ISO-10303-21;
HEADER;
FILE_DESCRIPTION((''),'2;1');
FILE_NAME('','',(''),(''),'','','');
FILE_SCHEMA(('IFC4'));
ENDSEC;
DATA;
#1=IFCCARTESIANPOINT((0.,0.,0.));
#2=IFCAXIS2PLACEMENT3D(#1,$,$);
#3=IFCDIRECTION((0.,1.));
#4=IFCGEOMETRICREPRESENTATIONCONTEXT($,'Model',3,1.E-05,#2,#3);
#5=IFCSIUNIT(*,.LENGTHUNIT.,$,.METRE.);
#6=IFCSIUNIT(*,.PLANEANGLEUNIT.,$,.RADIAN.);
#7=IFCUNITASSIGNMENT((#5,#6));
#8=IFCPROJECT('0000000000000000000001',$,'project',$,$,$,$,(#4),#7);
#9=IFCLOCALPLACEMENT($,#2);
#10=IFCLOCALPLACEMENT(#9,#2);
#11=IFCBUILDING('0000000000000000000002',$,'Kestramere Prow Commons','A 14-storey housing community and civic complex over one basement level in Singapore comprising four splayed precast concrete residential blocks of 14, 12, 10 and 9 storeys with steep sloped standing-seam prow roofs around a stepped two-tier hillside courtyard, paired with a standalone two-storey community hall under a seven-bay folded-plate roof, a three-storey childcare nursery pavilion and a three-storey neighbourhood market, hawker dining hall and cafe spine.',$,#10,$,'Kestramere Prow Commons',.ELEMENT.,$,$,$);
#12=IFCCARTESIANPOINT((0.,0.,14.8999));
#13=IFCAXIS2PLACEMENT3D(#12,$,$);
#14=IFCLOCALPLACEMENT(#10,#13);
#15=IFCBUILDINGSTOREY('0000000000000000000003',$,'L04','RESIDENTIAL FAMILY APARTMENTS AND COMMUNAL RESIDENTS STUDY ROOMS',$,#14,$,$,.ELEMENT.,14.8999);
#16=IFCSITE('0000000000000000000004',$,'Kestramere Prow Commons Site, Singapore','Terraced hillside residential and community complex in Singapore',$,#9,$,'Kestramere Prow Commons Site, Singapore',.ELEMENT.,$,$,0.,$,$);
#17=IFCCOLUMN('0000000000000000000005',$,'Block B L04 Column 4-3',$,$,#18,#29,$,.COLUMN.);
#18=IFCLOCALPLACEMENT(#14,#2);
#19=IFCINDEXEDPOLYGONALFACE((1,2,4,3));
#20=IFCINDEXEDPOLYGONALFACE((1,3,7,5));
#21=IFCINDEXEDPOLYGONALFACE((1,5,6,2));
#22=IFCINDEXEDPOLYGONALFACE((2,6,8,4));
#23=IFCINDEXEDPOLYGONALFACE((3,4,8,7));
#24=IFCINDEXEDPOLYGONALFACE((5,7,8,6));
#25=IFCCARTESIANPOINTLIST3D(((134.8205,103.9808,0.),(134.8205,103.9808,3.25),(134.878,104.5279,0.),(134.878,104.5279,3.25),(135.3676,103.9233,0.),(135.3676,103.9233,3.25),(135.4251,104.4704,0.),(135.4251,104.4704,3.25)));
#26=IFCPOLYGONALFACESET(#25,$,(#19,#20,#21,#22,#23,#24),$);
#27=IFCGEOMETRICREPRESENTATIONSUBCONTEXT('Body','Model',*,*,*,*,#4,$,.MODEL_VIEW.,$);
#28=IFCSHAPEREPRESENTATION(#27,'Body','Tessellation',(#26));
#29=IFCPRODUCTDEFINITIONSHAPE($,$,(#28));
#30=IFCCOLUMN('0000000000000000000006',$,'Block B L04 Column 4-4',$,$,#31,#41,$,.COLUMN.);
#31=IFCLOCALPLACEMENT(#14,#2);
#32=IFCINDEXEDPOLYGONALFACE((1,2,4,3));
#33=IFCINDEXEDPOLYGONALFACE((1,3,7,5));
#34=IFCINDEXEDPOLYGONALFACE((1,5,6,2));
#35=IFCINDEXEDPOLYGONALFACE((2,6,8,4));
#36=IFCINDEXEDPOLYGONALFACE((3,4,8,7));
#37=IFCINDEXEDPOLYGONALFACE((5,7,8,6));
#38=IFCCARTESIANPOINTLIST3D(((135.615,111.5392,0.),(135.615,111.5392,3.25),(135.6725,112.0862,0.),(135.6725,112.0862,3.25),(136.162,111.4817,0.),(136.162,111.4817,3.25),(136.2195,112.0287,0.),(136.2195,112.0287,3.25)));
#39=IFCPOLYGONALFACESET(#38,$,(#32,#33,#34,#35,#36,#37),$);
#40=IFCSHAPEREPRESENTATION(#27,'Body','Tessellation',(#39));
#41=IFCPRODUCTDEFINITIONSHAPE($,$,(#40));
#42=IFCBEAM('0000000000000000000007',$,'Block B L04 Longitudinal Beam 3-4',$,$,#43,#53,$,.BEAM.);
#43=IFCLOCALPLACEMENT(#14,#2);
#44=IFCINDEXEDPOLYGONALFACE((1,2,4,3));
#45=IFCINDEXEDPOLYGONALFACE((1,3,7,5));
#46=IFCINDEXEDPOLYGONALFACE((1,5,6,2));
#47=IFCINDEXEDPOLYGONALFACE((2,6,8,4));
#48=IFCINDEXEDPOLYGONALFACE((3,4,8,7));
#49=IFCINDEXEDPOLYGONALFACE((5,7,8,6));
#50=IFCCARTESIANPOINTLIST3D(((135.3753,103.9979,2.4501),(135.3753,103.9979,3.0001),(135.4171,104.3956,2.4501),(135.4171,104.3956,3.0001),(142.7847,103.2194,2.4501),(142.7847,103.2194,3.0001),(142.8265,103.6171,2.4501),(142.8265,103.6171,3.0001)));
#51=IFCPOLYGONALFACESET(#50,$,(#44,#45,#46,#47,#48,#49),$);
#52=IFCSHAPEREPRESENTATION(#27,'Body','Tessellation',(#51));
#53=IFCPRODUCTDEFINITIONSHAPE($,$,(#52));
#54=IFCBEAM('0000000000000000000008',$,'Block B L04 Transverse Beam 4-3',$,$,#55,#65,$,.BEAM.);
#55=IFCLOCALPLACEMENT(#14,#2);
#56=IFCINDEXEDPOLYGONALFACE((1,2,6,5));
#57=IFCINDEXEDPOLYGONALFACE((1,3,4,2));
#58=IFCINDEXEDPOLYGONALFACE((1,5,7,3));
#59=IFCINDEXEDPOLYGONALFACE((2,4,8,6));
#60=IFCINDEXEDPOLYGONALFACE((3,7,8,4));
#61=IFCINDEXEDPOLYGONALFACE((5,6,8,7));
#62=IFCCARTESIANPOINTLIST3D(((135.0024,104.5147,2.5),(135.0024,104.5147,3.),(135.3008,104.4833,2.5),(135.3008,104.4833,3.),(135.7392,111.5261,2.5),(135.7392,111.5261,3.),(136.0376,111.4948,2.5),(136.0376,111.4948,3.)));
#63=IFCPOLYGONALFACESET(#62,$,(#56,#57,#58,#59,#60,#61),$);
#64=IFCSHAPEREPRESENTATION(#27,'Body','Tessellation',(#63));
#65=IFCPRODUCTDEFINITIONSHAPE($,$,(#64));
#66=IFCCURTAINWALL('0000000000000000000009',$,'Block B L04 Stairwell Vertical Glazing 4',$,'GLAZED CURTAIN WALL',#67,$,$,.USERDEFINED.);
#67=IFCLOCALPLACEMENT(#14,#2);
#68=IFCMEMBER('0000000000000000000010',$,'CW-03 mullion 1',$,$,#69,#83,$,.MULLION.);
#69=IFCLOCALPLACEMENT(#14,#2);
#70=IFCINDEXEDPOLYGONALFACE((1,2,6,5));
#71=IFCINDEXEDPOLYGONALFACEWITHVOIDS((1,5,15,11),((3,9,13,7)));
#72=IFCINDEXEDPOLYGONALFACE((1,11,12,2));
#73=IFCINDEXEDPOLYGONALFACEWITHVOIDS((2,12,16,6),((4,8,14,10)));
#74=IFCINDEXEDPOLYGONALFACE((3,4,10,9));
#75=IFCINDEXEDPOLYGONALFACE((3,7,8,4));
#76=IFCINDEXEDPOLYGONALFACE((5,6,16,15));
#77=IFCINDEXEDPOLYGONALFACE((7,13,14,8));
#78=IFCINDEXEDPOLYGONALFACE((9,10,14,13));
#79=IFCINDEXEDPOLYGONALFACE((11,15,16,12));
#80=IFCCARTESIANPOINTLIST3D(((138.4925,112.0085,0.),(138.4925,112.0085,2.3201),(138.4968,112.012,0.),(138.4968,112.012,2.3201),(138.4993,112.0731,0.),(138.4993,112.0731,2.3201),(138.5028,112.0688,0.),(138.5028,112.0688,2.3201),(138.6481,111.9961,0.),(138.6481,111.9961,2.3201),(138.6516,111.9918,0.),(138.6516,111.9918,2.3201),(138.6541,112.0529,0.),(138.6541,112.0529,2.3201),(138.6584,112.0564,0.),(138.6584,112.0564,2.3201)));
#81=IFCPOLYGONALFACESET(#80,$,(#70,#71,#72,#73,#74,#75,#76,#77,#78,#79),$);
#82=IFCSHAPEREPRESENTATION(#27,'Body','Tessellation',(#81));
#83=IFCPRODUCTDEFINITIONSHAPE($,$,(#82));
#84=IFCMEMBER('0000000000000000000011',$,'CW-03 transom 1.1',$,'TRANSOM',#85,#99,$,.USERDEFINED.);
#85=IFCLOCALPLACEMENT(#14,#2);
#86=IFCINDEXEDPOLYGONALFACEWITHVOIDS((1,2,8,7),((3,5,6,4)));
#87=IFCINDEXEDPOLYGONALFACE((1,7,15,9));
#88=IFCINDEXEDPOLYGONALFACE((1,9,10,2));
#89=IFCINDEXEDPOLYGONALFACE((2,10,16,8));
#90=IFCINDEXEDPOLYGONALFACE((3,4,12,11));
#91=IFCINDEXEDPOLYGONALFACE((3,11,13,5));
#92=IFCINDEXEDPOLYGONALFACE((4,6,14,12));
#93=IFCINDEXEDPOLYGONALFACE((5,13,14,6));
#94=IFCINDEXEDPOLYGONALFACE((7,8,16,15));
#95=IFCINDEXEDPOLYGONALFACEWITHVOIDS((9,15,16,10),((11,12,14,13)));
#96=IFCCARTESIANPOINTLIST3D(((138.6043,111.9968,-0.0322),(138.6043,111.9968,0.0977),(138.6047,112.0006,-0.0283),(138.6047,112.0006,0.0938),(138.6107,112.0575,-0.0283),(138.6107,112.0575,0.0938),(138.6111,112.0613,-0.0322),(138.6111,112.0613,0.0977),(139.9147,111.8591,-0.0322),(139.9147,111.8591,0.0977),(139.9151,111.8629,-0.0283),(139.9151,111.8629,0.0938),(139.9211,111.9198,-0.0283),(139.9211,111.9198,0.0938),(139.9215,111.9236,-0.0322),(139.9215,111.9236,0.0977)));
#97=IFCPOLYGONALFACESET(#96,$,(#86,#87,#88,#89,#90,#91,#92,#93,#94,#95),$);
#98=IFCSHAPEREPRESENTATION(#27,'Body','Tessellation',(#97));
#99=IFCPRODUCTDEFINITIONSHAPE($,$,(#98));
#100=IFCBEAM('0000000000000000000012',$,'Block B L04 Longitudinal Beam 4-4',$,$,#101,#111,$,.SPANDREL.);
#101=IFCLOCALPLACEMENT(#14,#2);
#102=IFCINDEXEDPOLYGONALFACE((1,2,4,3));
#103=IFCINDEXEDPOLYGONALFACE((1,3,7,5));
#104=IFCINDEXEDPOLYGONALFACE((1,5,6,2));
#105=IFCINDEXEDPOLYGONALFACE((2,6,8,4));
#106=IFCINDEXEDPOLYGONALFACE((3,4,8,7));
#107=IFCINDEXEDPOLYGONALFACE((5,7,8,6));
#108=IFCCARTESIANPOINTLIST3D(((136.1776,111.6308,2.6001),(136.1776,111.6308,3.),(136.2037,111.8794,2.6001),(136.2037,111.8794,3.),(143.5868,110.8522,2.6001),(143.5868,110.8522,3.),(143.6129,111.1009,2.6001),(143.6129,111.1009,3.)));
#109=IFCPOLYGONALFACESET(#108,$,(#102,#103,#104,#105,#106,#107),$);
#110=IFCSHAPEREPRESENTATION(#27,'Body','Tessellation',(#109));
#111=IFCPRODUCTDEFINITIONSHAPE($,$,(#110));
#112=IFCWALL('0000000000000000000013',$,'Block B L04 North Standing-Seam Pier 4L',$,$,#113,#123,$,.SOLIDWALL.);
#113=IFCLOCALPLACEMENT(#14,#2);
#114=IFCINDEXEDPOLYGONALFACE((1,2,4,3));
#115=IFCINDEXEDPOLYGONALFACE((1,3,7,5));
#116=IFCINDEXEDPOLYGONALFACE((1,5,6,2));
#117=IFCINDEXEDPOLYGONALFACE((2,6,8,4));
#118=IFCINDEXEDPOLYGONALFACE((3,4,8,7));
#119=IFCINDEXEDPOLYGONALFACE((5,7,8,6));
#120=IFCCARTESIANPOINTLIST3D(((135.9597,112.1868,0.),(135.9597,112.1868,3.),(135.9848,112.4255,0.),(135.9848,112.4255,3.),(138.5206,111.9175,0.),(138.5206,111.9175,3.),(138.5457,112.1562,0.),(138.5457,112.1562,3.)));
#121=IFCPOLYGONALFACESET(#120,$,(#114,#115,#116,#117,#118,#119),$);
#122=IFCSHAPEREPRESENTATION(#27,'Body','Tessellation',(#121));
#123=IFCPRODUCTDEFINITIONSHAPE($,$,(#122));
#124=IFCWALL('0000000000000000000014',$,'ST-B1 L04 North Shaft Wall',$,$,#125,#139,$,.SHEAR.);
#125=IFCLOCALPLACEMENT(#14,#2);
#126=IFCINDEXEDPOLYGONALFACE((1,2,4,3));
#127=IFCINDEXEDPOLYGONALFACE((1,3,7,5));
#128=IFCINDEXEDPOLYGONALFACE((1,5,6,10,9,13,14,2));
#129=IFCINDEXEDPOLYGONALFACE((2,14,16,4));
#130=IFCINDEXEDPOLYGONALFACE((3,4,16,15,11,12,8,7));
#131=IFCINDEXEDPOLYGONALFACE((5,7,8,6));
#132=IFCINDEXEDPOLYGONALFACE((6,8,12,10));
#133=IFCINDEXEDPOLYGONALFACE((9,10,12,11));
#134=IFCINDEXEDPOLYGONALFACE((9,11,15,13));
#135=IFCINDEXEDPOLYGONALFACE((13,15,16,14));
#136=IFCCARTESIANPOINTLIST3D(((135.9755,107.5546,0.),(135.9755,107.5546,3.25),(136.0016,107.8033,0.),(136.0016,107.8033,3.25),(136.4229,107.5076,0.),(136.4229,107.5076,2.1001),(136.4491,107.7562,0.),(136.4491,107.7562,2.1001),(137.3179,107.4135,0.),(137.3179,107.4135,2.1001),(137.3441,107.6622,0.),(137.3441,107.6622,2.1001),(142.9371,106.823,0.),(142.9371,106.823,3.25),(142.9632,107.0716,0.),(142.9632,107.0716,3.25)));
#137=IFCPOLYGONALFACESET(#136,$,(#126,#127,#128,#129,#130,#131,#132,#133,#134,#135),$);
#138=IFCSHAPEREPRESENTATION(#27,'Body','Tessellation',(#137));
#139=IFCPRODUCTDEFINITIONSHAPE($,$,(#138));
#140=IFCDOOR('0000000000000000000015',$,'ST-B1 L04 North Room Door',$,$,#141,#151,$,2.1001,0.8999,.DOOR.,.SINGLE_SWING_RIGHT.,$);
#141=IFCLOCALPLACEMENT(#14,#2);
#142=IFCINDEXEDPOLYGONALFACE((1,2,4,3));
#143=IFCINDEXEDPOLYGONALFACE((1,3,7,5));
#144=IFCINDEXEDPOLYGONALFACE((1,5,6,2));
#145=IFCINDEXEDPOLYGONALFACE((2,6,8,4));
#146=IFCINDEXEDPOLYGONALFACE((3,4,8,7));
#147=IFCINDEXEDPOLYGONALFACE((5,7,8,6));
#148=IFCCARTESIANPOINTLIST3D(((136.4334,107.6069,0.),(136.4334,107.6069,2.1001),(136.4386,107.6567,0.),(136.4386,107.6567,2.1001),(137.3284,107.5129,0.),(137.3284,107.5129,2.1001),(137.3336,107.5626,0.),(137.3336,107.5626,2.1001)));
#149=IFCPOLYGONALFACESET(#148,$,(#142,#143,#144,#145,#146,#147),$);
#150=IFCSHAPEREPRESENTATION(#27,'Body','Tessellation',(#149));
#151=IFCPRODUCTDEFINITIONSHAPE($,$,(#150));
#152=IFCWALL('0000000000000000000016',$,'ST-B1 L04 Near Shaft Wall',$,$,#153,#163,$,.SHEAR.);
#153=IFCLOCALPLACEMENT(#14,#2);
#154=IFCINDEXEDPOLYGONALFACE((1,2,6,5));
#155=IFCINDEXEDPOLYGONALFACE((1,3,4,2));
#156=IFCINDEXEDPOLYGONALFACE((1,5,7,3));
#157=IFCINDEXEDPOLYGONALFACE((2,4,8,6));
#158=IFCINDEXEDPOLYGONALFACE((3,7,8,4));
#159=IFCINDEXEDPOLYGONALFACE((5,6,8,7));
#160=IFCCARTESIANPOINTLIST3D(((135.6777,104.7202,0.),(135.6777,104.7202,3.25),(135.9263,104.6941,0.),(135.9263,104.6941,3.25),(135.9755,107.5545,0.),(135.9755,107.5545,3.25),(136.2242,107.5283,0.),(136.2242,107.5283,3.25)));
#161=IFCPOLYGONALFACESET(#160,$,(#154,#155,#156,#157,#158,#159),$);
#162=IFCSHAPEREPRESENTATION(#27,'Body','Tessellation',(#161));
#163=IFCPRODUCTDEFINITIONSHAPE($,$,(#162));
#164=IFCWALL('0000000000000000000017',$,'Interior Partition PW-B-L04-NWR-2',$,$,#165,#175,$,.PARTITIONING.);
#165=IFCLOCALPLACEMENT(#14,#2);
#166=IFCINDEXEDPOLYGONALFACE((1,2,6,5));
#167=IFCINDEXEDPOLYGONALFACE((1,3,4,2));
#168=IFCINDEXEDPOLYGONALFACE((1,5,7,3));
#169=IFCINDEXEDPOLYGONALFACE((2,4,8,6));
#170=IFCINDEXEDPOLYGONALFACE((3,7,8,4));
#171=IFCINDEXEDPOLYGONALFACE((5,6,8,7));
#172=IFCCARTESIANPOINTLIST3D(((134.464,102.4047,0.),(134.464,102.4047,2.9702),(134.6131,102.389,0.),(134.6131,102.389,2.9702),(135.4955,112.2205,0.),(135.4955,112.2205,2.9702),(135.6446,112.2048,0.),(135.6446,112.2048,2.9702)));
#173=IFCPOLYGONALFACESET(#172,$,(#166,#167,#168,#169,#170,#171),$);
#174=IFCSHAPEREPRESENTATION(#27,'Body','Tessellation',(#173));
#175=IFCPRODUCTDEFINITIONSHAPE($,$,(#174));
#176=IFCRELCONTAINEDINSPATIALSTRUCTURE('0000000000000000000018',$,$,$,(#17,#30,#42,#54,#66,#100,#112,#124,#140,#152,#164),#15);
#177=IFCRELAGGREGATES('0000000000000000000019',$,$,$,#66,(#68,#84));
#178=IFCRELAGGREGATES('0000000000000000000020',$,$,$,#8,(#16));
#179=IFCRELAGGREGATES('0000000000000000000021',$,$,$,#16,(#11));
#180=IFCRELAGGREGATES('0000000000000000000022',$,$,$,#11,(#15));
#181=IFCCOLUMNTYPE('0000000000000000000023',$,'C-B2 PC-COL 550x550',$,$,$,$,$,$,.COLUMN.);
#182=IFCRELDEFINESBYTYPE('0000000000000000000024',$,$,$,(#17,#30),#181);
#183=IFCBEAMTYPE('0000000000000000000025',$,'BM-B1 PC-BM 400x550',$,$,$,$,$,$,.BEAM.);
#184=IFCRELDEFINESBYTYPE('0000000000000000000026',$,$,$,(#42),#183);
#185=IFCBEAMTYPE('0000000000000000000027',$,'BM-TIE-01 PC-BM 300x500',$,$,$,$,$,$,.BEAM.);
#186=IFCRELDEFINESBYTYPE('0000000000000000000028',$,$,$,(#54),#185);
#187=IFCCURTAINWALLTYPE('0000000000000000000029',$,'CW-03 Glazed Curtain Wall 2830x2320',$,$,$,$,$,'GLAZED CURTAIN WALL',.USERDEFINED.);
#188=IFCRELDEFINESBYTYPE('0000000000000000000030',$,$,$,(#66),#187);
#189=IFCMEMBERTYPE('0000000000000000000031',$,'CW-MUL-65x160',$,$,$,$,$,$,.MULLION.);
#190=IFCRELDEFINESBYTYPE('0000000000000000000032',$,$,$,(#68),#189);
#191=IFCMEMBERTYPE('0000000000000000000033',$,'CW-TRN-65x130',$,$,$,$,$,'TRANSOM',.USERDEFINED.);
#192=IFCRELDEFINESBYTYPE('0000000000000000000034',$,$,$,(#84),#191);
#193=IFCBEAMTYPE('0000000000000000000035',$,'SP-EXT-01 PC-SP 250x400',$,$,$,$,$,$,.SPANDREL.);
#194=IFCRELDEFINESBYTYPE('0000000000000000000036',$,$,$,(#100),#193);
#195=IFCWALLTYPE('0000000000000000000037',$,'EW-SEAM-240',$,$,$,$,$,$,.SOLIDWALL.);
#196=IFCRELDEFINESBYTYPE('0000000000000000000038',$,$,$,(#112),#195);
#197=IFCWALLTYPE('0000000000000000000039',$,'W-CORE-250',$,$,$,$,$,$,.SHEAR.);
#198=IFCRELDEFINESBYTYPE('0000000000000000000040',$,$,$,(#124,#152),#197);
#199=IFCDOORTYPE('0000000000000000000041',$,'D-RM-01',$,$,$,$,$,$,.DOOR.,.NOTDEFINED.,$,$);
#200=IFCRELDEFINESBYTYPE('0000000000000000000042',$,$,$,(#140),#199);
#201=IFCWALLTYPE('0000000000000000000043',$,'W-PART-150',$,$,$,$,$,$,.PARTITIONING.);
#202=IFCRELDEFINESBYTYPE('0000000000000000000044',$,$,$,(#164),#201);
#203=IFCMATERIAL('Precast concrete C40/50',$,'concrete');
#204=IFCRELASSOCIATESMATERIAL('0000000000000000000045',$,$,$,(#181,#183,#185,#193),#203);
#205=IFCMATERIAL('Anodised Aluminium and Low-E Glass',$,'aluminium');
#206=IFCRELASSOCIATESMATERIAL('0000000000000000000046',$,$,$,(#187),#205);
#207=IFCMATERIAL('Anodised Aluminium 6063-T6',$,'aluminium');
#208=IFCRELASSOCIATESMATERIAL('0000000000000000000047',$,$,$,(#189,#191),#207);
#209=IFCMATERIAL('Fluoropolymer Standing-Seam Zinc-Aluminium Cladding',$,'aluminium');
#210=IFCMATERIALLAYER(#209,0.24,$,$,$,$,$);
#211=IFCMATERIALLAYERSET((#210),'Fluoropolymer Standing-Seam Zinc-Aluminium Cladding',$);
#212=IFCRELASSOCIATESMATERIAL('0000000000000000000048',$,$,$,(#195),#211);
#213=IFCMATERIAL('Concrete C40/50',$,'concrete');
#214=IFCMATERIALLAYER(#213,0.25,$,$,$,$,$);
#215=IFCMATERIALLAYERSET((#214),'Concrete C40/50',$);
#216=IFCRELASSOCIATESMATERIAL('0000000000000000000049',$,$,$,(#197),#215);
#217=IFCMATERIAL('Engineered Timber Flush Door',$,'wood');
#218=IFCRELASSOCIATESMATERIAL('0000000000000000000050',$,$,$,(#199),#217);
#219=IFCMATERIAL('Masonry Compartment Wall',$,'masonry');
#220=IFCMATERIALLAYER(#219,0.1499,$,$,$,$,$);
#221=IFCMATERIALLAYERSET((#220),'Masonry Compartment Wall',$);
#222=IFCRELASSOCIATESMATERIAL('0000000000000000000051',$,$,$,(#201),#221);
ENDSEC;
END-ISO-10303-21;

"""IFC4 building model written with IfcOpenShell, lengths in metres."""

from ifc_helpers import new_model, si_unit, direction, frame, frame_2d, origin, origin_2d, place, context, subcontext, project, spatial, rectangle, hollow_rectangle, extrude, material, layer, layer_set, material_profile, profile_set, type_object, element, fill, aggregate, save


model = new_model("IFC4")

# Units and contexts
model_context = context("Model", 3, precision=1e-05, world=origin(), true_north=direction((0.0, 1.0)))
body_context = subcontext(model_context, "Body", "Model", "MODEL_VIEW")
ifc_project = project(units=[si_unit("LENGTHUNIT", "METRE"), si_unit("PLANEANGLEUNIT", "RADIAN")], contexts=[model_context])

# Site, building, storey
site_placement = place(None, origin())
site = spatial("IfcSite", under=ifc_project, at=site_placement, Name="Kestramere Prow Commons Site, Singapore", Description="Terraced hillside residential and community complex in Singapore", LongName="Kestramere Prow Commons Site, Singapore", CompositionType="ELEMENT", RefElevation=0.0)
building_placement = place(site_placement, origin())
building = spatial("IfcBuilding", under=site, at=building_placement, Name="Kestramere Prow Commons", Description="A 14-storey housing community and civic complex over one basement level in Singapore comprising four splayed precast concrete residential blocks of 14, 12, 10 and 9 storeys with steep sloped standing-seam prow roofs around a stepped two-tier hillside courtyard, paired with a standalone two-storey community hall under a seven-bay folded-plate roof, a three-storey childcare nursery pavilion and a three-storey neighbourhood market, hawker dining hall and cafe spine.", LongName="Kestramere Prow Commons", CompositionType="ELEMENT")
storey_placement = place(building_placement, frame((0.0, 0.0, 14.8999)))
storey = spatial("IfcBuildingStorey", under=building, at=storey_placement, Name="L04", Description="RESIDENTIAL FAMILY APARTMENTS AND COMMUNAL RESIDENTS STUDY ROOMS", CompositionType="ELEMENT", Elevation=14.8999)

# Columns
ifc_material_1 = material(Name="Precast concrete C40/50", Category="concrete")
ifc_material_profile_1 = material_profile(ifc_material_1, rectangle(XDim=0.55, YDim=0.55, at=origin_2d()), Name="PC-COL 550x550")
ifc_profile_set_1 = profile_set([ifc_material_profile_1], Name="Precast concrete C40/50")
column_type = type_object("IfcColumnType", Name="C-B2 PC-COL 550x550", PredefinedType="COLUMN", material=ifc_profile_set_1)
for number, where, z_axis, x_axis, name in (
    (1, (135.1228, 104.2256, 0.0), (0.0, 0.0, 1.0), (0.994522, -0.104528, 0.0), "Block B L04 Column 4-3"),
    (2, (135.9172, 111.7839, 0.0), (0.0, 0.0, 1.0), (0.994522, -0.104528, 0.0), "Block B L04 Column 4-4"),
):
    element("IfcColumn", number, at=place(storey_placement, frame(where, z_axis=z_axis, x_axis=x_axis)), inside=storey, type_object=column_type, Name=name, PredefinedType="COLUMN", context=body_context, shape_type="SweptSolid", body=[
        extrude(rectangle(XDim=0.55, YDim=0.55, at=origin_2d()), origin(), (0.0, 0.0, 1.0), 3.25),
    ])

# Beams
ifc_material_profile_2 = material_profile(ifc_material_1, rectangle(XDim=0.3999, YDim=0.55, at=origin_2d()), Name="PC-BM 400x550")
ifc_profile_set_2 = profile_set([ifc_material_profile_2], Name="Precast concrete C40/50")
beam_type_1 = type_object("IfcBeamType", Name="BM-B1 PC-BM 400x550", PredefinedType="BEAM", material=ifc_profile_set_2)
beam_1_placement = place(storey_placement, frame((135.3962, 104.1968, 2.7251), z_axis=(0.994525, -0.104502, 0.0), x_axis=(0.104502, 0.994525, 0.0)))
element("IfcBeam", 3, at=beam_1_placement, inside=storey, type_object=beam_type_1, Name="Block B L04 Longitudinal Beam 3-4", PredefinedType="BEAM", context=body_context, shape_type="SweptSolid", body=[
    extrude(rectangle(XDim=0.3999, YDim=0.55, at=origin_2d()), origin(), (0.0, 0.0, 1.0), 7.4502),
])
ifc_material_profile_3 = material_profile(ifc_material_1, rectangle(XDim=0.3, YDim=0.5, at=origin_2d()), Name="PC-BM 300x500")
ifc_profile_set_3 = profile_set([ifc_material_profile_3], Name="Precast concrete C40/50")
beam_type_2 = type_object("IfcBeamType", Name="BM-TIE-01 PC-BM 300x500", PredefinedType="BEAM", material=ifc_profile_set_3)
beam_2_placement = place(storey_placement, frame((135.1516, 104.499, 2.75), z_axis=(0.104512, 0.994524, 0.0), x_axis=(-0.994524, 0.104512, 0.0)))
element("IfcBeam", 4, at=beam_2_placement, inside=storey, type_object=beam_type_2, Name="Block B L04 Transverse Beam 4-3", PredefinedType="BEAM", context=body_context, shape_type="SweptSolid", body=[
    extrude(rectangle(XDim=0.3, YDim=0.5, at=origin_2d()), origin(), (0.0, 0.0, 1.0), 7.05),
])

# Curtain wall, members
ifc_material_2 = material(Name="Anodised Aluminium and Low-E Glass", Category="aluminium")
curtain_wall_type = type_object("IfcCurtainWallType", Name="CW-03 Glazed Curtain Wall 2830x2320", ElementType="GLAZED CURTAIN WALL", PredefinedType="USERDEFINED", material=ifc_material_2)
curtain_wall_placement = place(storey_placement, origin())
curtain_wall = element("IfcCurtainWall", 5, at=curtain_wall_placement, inside=storey, type_object=curtain_wall_type, Name="Block B L04 Stairwell Vertical Glazing 4", ObjectType="GLAZED CURTAIN WALL", PredefinedType="USERDEFINED")
ifc_material_3 = material(Name="Anodised Aluminium 6063-T6", Category="aluminium")
ifc_material_profile_4 = material_profile(ifc_material_3, hollow_rectangle(XDim=0.0649, YDim=0.1599, WallThickness=0.0039, at=origin_2d()), Name="ALU-MUL 65x160")
ifc_profile_set_4 = profile_set([ifc_material_profile_4], Name="Anodised Aluminium 6063-T6")
member_type_1 = type_object("IfcMemberType", Name="CW-MUL-65x160", PredefinedType="MULLION", material=ifc_profile_set_4)
member_1_placement = place(storey_placement, frame((138.5754, 112.0325, 0.0), z_axis=(0.0, 0.0, 1.0), x_axis=(0.104529, 0.994522, 0.0)))
member_1 = element("IfcMember", 6, at=member_1_placement, type_object=member_type_1, Name="CW-03 mullion 1", PredefinedType="MULLION", context=body_context, shape_type="SweptSolid", body=[
    extrude(hollow_rectangle(XDim=0.0649, YDim=0.1599, WallThickness=0.0039, at=origin_2d()), origin(), (0.0, 0.0, 1.0), 2.3201),
])
ifc_material_profile_5 = material_profile(ifc_material_3, hollow_rectangle(XDim=0.0649, YDim=0.1299, WallThickness=0.0039, at=origin_2d()), Name="ALU-TRN 65x130")
ifc_profile_set_5 = profile_set([ifc_material_profile_5], Name="Anodised Aluminium 6063-T6")
member_type_2 = type_object("IfcMemberType", Name="CW-TRN-65x130", ElementType="TRANSOM", PredefinedType="USERDEFINED", material=ifc_profile_set_5)
member_2_placement = place(storey_placement, frame((138.6077, 112.0291, 0.0327), z_axis=(0.994524, -0.104511, 0.0), x_axis=(0.104511, 0.994524, 0.0)))
member_2 = element("IfcMember", 7, at=member_2_placement, type_object=member_type_2, Name="CW-03 transom 1.1", ObjectType="TRANSOM", PredefinedType="USERDEFINED", context=body_context, shape_type="SweptSolid", body=[
    extrude(hollow_rectangle(XDim=0.0649, YDim=0.1299, WallThickness=0.0039, at=origin_2d()), origin(), (0.0, 0.0, 1.0), 1.3176),
])
aggregate(curtain_wall, [member_1, member_2])

# Beam
ifc_material_profile_6 = material_profile(ifc_material_1, rectangle(XDim=0.25, YDim=0.3999, at=origin_2d()), Name="PC-SP 250x400")
ifc_profile_set_6 = profile_set([ifc_material_profile_6], Name="Precast concrete C40/50")
beam_type_3 = type_object("IfcBeamType", Name="SP-EXT-01 PC-SP 250x400", PredefinedType="SPANDREL", material=ifc_profile_set_6)
beam_3_placement = place(storey_placement, frame((136.1907, 111.7551, 2.8), z_axis=(0.994524, -0.104506, 0.0), x_axis=(0.104506, 0.994524, 0.0)))
element("IfcBeam", 8, at=beam_3_placement, inside=storey, type_object=beam_type_3, Name="Block B L04 Longitudinal Beam 4-4", PredefinedType="SPANDREL", context=body_context, shape_type="SweptSolid", body=[
    extrude(rectangle(XDim=0.25, YDim=0.3999, at=origin_2d()), origin(), (0.0, 0.0, 1.0), 7.45),
])

# Wall
ifc_material_4 = material(Name="Fluoropolymer Standing-Seam Zinc-Aluminium Cladding", Category="aluminium")
ifc_layer_1 = layer(ifc_material_4, 0.24)
ifc_layer_set_1 = layer_set([ifc_layer_1], Name="Fluoropolymer Standing-Seam Zinc-Aluminium Cladding")
wall_type_1 = type_object("IfcWallType", Name="EW-SEAM-240", PredefinedType="SOLIDWALL", material=ifc_layer_set_1)
wall_1_placement = place(storey_placement, frame((135.9722, 112.3062, 0.0), z_axis=(0.0, 0.0, 1.0), x_axis=(0.994516, -0.104581, 0.0)))
element("IfcWall", 9, at=wall_1_placement, inside=storey, type_object=wall_type_1, Name="Block B L04 North Standing-Seam Pier 4L", PredefinedType="SOLIDWALL", context=body_context, shape_type="SweptSolid", body=[
    extrude(rectangle(XDim=2.575, YDim=0.24, at=frame_2d((1.2876, 0.0))), origin(), (0.0, 0.0, 1.0), 3.0),
])

# Wall, opening, door
ifc_material_5 = material(Name="Concrete C40/50", Category="concrete")
ifc_layer_2 = layer(ifc_material_5, 0.25)
ifc_layer_set_2 = layer_set([ifc_layer_2], Name="Concrete C40/50")
wall_type_2 = type_object("IfcWallType", Name="W-CORE-250", PredefinedType="SHEAR", material=ifc_layer_set_2)
wall_2_placement = place(storey_placement, frame((135.9885, 107.679, 0.0), z_axis=(0.0, 0.0, 1.0), x_axis=(0.994522, -0.104527, 0.0)))
wall_2 = element("IfcWall", 10, at=wall_2_placement, inside=storey, type_object=wall_type_2, Name="ST-B1 L04 North Shaft Wall", PredefinedType="SHEAR", context=body_context, shape_type="SweptSolid", body=[
    extrude(rectangle(XDim=7.0, YDim=0.25, at=frame_2d((3.5, 0.0))), origin(), (0.0, 0.0, 1.0), 3.25),
])
opening_1_placement = place(wall_2_placement, frame((0.45, 0.0, 0.0)))
opening_1 = element("IfcOpeningElement", 11, at=opening_1_placement, cuts=wall_2, PredefinedType="OPENING", context=body_context, shape_type="SweptSolid", body=[
    extrude(rectangle(XDim=0.8999, YDim=2.1001, at=frame_2d((0.45, 1.05))), frame((0.0, 0.1399, 0.0), z_axis=(0.0, -1.0, 0.0), x_axis=(1.0, 0.0, 0.0)), (0.0, 0.0, 1.0), 0.28),
])
ifc_material_6 = material(Name="Engineered Timber Flush Door", Category="wood")
door_type_1 = type_object("IfcDoorType", Name="D-RM-01", OperationType="NOTDEFINED", PredefinedType="DOOR", material=ifc_material_6)
door_1_placement = place(opening_1_placement, origin())
door_1 = element("IfcDoor", 12, at=door_1_placement, inside=storey, type_object=door_type_1, Name="ST-B1 L04 North Room Door", OperationType="SINGLE_SWING_RIGHT", OverallHeight=2.1001, OverallWidth=0.8999, PredefinedType="DOOR", context=body_context, shape_type="SweptSolid", body=[
    extrude(rectangle(XDim=0.8999, YDim=2.1001, at=frame_2d((0.45, 1.05))), frame((0.0, 0.0249, 0.0), z_axis=(0.0, -1.0, 0.0), x_axis=(1.0, 0.0, 0.0)), (0.0, 0.0, 1.0), 0.05),
])
fill(opening_1, door_1)

# Walls
wall_3_placement = place(storey_placement, frame((135.802, 104.7073, 0.0), z_axis=(0.0, 0.0, 1.0), x_axis=(0.104515, 0.994523, 0.0)))
element("IfcWall", 13, at=wall_3_placement, inside=storey, type_object=wall_type_2, Name="ST-B1 L04 Near Shaft Wall", PredefinedType="SHEAR", context=body_context, shape_type="SweptSolid", body=[
    extrude(rectangle(XDim=2.8499, YDim=0.25, at=frame_2d((1.4248, 0.0))), origin(), (0.0, 0.0, 1.0), 3.25),
])
ifc_material_7 = material(Name="Masonry Compartment Wall", Category="masonry")
ifc_layer_3 = layer(ifc_material_7, 0.1499)
ifc_layer_set_3 = layer_set([ifc_layer_3], Name="Masonry Compartment Wall")
wall_type_3 = type_object("IfcWallType", Name="W-PART-150", PredefinedType="PARTITIONING", material=ifc_layer_set_3)
wall_4_placement = place(storey_placement, frame((134.5386, 102.3967, 0.0), z_axis=(0.0, 0.0, 1.0), x_axis=(0.104508, 0.994524, 0.0)))
element("IfcWall", 14, at=wall_4_placement, inside=storey, type_object=wall_type_3, Name="Interior Partition PW-B-L04-NWR-2", PredefinedType="PARTITIONING", context=body_context, shape_type="SweptSolid", body=[
    extrude(rectangle(XDim=9.8699, YDim=0.1499, at=frame_2d((4.9351, 0.0))), origin(), (0.0, 0.0, 1.0), 2.9702),
])

save(model, "model.ifc")
